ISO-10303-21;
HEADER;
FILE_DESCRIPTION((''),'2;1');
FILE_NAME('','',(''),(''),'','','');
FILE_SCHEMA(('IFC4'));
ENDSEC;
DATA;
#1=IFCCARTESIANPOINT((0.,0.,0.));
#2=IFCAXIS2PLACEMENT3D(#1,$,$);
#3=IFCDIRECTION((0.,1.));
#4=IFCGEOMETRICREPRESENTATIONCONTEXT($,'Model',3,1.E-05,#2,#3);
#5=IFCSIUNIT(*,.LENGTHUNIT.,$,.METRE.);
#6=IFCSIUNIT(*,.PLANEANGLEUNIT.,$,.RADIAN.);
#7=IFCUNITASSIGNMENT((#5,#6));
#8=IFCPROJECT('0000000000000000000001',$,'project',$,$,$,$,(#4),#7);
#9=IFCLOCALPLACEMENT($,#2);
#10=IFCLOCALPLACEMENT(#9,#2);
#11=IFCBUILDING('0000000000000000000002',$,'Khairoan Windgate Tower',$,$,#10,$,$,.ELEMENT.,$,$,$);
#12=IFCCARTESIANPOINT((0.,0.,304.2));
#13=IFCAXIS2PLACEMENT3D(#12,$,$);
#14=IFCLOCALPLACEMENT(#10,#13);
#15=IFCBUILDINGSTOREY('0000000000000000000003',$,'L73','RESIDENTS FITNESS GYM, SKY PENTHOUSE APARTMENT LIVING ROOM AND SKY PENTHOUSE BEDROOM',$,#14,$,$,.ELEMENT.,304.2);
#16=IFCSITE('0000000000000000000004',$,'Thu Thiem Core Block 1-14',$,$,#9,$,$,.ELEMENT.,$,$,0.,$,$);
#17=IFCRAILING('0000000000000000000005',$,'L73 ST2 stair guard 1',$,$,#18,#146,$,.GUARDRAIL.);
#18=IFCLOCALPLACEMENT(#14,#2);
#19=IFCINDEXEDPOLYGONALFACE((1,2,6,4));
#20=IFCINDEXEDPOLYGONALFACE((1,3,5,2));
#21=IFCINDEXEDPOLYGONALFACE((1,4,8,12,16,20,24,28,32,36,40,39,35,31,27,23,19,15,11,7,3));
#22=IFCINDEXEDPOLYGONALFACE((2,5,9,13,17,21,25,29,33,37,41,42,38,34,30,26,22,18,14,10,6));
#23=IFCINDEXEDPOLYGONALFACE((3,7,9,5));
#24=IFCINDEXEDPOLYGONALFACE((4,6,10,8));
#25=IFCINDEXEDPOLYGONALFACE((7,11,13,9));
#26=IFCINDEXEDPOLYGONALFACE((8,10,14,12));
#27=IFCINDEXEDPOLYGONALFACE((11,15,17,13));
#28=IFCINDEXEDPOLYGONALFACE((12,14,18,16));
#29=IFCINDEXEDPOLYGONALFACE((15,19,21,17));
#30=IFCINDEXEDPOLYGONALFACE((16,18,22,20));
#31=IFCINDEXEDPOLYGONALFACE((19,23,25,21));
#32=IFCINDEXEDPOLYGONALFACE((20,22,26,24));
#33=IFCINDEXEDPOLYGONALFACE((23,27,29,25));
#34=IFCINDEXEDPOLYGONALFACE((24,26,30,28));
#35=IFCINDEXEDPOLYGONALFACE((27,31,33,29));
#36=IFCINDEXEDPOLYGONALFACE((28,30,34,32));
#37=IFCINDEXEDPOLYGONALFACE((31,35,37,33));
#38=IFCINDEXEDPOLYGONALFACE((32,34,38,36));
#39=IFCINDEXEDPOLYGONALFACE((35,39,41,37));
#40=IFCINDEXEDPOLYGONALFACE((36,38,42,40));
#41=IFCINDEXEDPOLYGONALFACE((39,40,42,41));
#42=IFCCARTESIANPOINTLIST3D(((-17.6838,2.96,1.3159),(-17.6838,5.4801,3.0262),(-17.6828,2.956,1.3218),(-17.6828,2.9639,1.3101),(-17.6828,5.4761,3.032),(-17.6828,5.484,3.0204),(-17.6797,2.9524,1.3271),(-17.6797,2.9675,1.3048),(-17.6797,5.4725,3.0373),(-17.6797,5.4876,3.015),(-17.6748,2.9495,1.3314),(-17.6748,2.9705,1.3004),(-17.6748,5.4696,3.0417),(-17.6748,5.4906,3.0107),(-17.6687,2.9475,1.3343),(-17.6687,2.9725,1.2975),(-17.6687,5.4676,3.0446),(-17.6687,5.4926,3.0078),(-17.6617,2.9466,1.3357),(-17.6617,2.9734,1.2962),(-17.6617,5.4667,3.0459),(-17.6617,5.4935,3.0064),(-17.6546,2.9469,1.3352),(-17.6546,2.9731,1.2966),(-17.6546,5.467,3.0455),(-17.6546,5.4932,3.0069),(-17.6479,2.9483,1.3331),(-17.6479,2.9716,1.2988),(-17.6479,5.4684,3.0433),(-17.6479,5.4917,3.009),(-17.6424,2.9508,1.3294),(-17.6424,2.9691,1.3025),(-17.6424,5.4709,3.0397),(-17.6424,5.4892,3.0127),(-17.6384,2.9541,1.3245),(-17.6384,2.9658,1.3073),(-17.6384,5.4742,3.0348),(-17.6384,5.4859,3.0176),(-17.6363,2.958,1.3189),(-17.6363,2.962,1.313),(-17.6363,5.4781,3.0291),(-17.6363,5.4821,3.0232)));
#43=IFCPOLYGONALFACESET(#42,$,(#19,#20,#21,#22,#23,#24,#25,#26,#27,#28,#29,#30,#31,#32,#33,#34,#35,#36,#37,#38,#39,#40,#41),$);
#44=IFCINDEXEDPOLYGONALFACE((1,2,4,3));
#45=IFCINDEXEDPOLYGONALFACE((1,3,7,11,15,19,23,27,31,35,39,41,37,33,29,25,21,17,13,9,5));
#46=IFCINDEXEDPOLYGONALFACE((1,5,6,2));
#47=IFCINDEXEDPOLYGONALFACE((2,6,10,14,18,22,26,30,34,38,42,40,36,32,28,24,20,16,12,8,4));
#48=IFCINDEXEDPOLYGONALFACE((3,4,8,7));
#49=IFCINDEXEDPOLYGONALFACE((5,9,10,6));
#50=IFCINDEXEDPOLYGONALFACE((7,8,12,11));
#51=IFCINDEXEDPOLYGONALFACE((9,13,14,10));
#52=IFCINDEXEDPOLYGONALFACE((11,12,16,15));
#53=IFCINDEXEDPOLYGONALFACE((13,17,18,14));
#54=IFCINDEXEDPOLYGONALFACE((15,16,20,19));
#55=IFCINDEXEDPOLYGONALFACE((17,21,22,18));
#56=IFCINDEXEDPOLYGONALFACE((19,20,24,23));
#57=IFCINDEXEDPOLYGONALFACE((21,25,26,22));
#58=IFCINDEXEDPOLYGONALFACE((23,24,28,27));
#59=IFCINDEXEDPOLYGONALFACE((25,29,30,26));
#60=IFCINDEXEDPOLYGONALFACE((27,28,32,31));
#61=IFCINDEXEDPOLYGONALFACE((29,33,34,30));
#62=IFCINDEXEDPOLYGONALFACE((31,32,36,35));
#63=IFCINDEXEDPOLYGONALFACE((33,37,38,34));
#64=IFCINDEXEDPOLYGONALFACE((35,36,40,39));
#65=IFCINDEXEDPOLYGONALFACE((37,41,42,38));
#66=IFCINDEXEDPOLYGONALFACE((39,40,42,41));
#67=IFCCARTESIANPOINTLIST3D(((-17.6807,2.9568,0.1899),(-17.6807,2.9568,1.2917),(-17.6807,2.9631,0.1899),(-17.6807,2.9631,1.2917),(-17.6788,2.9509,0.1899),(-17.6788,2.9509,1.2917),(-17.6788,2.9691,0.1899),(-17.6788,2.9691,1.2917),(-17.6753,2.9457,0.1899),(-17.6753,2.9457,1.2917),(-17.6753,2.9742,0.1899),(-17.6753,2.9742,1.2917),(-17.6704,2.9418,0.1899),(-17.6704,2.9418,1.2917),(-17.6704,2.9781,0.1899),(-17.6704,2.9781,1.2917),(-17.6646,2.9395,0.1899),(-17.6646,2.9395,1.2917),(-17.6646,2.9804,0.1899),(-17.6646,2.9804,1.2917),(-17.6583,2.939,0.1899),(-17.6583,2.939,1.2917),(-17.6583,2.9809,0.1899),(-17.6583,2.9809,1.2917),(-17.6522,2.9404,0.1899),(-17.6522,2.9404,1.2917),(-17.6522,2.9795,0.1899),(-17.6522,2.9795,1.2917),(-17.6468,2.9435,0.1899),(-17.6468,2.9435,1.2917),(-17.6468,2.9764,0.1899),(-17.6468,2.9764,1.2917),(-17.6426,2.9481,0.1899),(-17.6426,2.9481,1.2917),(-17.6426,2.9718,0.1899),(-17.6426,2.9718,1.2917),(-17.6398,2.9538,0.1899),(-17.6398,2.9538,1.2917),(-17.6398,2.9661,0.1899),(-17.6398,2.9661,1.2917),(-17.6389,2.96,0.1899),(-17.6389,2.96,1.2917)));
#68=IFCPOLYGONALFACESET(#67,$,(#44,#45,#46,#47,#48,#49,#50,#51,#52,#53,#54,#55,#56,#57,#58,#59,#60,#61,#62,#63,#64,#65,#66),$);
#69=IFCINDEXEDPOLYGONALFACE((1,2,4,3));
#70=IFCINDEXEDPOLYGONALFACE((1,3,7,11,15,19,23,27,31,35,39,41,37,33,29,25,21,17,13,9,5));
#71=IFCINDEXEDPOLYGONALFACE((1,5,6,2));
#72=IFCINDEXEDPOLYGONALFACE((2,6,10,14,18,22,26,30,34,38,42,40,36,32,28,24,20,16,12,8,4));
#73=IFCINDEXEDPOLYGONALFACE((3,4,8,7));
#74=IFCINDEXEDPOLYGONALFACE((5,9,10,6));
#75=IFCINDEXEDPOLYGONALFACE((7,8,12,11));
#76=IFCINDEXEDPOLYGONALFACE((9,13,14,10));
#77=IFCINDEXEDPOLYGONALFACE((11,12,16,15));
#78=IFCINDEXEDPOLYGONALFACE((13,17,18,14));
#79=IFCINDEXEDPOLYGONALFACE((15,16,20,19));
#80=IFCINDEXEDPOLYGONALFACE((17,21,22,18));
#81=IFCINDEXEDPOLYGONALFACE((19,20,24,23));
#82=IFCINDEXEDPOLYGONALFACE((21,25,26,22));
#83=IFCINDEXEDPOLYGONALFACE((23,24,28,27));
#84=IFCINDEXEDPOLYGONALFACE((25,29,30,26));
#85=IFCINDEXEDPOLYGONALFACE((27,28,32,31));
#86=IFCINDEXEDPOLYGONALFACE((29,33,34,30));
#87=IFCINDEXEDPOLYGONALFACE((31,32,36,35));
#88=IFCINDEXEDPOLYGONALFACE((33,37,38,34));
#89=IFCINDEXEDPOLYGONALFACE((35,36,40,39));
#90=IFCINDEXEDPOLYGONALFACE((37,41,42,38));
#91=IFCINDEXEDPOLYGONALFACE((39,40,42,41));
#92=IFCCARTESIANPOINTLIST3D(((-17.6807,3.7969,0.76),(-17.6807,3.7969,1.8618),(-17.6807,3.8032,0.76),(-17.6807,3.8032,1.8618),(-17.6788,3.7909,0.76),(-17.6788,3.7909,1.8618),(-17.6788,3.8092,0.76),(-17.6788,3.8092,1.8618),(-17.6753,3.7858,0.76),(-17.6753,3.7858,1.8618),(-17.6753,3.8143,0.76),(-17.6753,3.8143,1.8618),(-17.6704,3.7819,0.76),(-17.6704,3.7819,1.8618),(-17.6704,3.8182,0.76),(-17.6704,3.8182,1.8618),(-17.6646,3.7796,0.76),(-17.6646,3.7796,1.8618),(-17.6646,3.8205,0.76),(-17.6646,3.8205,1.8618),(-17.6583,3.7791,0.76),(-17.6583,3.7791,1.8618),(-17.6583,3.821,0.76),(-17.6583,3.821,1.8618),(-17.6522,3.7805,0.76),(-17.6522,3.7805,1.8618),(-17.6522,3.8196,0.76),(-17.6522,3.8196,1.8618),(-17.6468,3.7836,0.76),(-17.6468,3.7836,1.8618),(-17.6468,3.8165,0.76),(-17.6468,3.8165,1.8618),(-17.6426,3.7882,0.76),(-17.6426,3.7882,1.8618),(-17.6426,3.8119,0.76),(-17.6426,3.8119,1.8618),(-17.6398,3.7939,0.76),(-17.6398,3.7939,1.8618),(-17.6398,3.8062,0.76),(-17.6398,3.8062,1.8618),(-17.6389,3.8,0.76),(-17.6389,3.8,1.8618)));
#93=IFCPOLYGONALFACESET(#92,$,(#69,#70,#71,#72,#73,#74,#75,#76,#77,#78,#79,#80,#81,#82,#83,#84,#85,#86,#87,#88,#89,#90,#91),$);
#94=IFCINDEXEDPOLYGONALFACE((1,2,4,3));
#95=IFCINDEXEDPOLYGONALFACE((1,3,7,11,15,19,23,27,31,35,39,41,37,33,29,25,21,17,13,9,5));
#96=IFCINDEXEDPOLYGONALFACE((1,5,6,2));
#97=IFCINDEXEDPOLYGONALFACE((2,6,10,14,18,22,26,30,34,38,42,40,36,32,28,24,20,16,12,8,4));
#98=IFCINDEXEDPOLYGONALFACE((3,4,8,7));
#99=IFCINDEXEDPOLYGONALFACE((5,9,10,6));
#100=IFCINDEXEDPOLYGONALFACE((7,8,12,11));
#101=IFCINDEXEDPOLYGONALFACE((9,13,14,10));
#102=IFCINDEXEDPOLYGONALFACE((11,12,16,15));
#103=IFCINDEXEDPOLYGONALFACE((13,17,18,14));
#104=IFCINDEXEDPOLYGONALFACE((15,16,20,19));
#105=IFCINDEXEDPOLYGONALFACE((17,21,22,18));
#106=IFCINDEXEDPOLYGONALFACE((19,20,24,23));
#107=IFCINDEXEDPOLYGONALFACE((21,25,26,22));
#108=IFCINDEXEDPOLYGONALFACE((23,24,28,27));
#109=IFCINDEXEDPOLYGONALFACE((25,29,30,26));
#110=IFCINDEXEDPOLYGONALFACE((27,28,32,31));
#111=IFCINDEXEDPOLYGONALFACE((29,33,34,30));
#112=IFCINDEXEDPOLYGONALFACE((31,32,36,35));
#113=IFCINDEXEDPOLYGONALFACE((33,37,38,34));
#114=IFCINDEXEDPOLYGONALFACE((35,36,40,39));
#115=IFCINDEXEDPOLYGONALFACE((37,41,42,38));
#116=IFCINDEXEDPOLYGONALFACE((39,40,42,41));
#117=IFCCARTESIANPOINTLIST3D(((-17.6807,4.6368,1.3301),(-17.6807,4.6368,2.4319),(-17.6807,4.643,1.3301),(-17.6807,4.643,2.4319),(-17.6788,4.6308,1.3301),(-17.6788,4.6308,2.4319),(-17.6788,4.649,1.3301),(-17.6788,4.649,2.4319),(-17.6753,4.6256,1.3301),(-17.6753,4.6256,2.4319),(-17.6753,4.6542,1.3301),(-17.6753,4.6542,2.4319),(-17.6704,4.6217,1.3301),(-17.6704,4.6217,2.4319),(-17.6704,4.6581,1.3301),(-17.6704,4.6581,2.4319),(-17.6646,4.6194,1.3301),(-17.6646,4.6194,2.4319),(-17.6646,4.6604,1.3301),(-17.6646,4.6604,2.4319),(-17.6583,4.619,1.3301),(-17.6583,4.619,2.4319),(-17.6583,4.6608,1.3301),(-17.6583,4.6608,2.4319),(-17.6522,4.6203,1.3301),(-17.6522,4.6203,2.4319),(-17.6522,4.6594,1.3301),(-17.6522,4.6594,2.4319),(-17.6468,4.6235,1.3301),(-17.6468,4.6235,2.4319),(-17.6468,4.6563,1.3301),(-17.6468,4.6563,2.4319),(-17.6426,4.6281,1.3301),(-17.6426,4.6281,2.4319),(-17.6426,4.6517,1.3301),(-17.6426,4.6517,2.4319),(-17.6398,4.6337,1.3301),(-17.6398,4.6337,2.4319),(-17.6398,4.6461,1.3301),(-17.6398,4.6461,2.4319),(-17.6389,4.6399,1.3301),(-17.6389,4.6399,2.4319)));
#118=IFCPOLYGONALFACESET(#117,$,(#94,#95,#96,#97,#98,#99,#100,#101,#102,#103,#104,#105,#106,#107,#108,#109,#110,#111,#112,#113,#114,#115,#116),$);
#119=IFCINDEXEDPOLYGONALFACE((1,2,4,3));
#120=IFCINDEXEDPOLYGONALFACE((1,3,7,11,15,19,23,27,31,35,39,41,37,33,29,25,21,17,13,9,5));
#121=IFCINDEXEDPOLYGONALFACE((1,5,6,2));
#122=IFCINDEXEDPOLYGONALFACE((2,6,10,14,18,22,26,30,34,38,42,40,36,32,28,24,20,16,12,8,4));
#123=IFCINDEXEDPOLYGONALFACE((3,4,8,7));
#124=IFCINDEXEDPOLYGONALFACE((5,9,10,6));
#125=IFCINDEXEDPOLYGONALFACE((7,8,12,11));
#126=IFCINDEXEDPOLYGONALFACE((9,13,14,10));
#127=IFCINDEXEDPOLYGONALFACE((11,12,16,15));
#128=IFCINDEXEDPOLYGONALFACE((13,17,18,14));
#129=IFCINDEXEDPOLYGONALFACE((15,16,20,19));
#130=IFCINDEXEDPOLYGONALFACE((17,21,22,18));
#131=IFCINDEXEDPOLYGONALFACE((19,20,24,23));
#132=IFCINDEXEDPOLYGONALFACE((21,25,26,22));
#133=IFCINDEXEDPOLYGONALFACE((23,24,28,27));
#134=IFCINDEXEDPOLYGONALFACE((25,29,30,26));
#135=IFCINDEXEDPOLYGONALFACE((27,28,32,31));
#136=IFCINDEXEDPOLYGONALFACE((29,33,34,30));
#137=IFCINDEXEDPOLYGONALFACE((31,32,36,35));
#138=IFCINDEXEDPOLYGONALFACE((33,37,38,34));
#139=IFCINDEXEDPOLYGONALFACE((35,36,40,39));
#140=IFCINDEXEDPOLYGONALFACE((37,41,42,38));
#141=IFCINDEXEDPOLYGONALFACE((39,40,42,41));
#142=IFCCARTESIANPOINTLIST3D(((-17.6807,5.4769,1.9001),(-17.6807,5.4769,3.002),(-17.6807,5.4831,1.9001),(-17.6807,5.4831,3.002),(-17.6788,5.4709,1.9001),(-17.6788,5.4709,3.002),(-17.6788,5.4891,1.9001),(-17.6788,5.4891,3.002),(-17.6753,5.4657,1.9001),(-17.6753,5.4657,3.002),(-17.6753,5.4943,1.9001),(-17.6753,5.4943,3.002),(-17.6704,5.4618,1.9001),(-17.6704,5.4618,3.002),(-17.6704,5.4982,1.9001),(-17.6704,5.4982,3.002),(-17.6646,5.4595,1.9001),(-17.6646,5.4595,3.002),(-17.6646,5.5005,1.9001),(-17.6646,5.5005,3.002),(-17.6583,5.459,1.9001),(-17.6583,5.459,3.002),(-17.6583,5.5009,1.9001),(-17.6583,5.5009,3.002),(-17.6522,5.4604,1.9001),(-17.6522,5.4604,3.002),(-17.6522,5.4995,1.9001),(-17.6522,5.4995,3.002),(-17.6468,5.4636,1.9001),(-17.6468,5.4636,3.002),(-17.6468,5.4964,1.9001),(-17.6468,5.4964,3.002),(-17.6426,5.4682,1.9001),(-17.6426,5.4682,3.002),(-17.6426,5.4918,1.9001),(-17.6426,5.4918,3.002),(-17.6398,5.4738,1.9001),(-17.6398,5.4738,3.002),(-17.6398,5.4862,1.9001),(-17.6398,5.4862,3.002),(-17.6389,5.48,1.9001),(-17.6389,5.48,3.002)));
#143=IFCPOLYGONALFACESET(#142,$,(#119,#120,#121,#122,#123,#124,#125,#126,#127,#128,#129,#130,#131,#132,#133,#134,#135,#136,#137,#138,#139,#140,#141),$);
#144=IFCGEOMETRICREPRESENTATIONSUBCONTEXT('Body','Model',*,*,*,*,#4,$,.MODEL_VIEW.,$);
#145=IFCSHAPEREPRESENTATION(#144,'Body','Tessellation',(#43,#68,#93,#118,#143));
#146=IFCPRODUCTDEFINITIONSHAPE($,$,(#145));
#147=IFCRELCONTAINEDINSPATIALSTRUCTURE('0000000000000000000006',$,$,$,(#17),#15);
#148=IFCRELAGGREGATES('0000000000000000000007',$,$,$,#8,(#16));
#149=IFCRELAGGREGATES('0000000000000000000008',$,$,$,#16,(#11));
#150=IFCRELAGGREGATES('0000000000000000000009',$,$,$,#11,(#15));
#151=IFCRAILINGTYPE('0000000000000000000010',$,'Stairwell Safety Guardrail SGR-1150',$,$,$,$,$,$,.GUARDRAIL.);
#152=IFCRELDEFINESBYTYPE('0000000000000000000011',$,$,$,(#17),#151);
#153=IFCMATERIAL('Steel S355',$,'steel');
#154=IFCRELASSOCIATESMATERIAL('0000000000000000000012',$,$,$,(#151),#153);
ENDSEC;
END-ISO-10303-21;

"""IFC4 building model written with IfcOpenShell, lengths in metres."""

from ifc_helpers import new_model, si_unit, direction, frame, origin, origin_2d, place, context, subcontext, project, spatial, circle, extrude, material, type_object, element, save


model = new_model("IFC4")

# Units and contexts
model_context = context("Model", 3, precision=1e-05, world=origin(), true_north=direction((0.0, 1.0)))
body_context = subcontext(model_context, "Body", "Model", "MODEL_VIEW")
ifc_project = project(units=[si_unit("LENGTHUNIT", "METRE"), si_unit("PLANEANGLEUNIT", "RADIAN")], contexts=[model_context])

# Site, building, storey
site_placement = place(None, origin())
site = spatial("IfcSite", under=ifc_project, at=site_placement, Name="Thu Thiem Core Block 1-14", CompositionType="ELEMENT", RefElevation=0.0)
building_placement = place(site_placement, origin())
building = spatial("IfcBuilding", under=site, at=building_placement, Name="Khairoan Windgate Tower", CompositionType="ELEMENT")
storey_placement = place(building_placement, frame((0.0, 0.0, 304.2)))
storey = spatial("IfcBuildingStorey", under=building, at=storey_placement, Name="L73", Description="RESIDENTS FITNESS GYM, SKY PENTHOUSE APARTMENT LIVING ROOM AND SKY PENTHOUSE BEDROOM", CompositionType="ELEMENT", Elevation=304.2)

# Railing
ifc_material_1 = material(Name="Steel S355", Category="steel")
railing_type_1 = type_object("IfcRailingType", Name="Stairwell Safety Guardrail SGR-1150", PredefinedType="GUARDRAIL", material=ifc_material_1)
railing_1_placement = place(storey_placement, frame((-17.6599, 2.96, 0.1899)))
element("IfcRailing", 1, at=railing_1_placement, inside=storey, type_object=railing_type_1, Name="L73 ST2 stair guard 1", PredefinedType="GUARDRAIL", context=body_context, shape_type="SweptSolid", body=[
    extrude(circle(Radius=0.0239, at=origin_2d()), frame((0.0, 0.0, 1.126), z_axis=(0.0, 0.827447, 0.561545), x_axis=(-1.0, 0.0, 0.0)), (0.0, 0.0, 1.0), 3.0457),
    extrude(circle(Radius=0.021, at=origin_2d()), origin(), (0.0, 0.0, 1.0), 1.1018),
    extrude(circle(Radius=0.021, at=origin_2d()), frame((0.0, 0.8401, 0.5701)), (0.0, 0.0, 1.0), 1.1018),
    extrude(circle(Radius=0.021, at=origin_2d()), frame((0.0, 1.6799, 1.1401)), (0.0, 0.0, 1.0), 1.1018),
    extrude(circle(Radius=0.021, at=origin_2d()), frame((0.0, 2.52, 1.7102)), (0.0, 0.0, 1.0), 1.1018),
])

save(model, "model.ifc")
